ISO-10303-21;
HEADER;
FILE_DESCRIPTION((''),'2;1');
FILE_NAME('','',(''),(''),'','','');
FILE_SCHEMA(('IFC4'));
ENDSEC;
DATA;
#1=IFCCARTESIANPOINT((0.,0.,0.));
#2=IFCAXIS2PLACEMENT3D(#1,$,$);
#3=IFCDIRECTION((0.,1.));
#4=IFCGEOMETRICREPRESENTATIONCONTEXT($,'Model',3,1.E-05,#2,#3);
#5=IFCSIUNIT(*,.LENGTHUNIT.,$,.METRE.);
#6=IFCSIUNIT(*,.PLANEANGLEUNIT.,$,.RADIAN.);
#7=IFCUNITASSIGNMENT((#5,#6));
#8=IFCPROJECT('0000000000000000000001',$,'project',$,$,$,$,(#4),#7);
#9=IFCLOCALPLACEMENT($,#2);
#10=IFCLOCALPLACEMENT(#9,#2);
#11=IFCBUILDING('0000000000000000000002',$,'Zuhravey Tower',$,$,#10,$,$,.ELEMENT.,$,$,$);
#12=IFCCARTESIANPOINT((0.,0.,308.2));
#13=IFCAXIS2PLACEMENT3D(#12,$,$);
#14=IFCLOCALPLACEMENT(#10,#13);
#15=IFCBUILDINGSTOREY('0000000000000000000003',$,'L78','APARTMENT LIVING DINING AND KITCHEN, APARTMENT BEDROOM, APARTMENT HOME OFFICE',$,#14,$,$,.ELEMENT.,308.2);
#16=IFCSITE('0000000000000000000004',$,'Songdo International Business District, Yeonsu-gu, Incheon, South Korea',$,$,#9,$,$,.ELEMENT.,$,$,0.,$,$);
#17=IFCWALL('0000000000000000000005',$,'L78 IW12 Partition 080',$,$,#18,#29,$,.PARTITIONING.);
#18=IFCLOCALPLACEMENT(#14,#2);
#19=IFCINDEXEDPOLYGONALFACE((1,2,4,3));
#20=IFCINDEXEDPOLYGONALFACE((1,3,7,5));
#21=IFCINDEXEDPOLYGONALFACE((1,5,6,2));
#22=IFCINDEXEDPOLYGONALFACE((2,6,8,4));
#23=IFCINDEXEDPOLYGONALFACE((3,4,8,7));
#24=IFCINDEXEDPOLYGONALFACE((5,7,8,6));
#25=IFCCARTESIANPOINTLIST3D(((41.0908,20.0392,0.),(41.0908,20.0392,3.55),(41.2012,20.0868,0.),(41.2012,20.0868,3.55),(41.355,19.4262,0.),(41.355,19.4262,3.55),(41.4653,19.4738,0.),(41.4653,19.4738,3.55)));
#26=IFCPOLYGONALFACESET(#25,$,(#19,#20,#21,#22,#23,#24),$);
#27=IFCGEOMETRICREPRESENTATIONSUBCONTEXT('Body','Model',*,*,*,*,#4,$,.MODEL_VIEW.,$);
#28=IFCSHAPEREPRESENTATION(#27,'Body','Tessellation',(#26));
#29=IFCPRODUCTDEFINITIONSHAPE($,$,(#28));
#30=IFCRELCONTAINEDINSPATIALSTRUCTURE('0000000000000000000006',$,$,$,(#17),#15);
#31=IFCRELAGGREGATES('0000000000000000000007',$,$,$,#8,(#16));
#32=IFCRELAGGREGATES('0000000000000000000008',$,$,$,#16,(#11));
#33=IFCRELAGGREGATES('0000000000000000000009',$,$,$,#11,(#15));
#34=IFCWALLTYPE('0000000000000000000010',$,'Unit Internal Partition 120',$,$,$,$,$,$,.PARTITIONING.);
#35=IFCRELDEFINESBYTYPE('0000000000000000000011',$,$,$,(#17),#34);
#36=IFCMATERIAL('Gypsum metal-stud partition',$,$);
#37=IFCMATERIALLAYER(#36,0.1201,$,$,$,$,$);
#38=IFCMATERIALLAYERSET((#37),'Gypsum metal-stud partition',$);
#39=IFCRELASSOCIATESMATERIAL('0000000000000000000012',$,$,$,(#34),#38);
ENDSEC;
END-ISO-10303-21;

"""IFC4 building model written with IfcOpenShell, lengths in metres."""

from ifc_helpers import new_model, si_unit, direction, frame, frame_2d, origin, place, context, subcontext, project, spatial, rectangle, extrude, material, layer, layer_set, type_object, element, save


model = new_model("IFC4")

# Units and contexts
model_context = context("Model", 3, precision=1e-05, world=origin(), true_north=direction((0.0, 1.0)))
body_context = subcontext(model_context, "Body", "Model", "MODEL_VIEW")
ifc_project = project(units=[si_unit("LENGTHUNIT", "METRE"), si_unit("PLANEANGLEUNIT", "RADIAN")], contexts=[model_context])

# Site, building, storey
site_placement = place(None, origin())
site = spatial("IfcSite", under=ifc_project, at=site_placement, Name="Songdo International Business District, Yeonsu-gu, Incheon, South Korea", CompositionType="ELEMENT", RefElevation=0.0)
building_placement = place(site_placement, origin())
building = spatial("IfcBuilding", under=site, at=building_placement, Name="Zuhravey Tower", CompositionType="ELEMENT")
storey_placement = place(building_placement, frame((0.0, 0.0, 308.2)))
storey = spatial("IfcBuildingStorey", under=building, at=storey_placement, Name="L78", Description="APARTMENT LIVING DINING AND KITCHEN, APARTMENT BEDROOM, APARTMENT HOME OFFICE", CompositionType="ELEMENT", Elevation=308.2)

# Wall
ifc_material_1 = material(Name="Gypsum metal-stud partition")
ifc_layer_1 = layer(ifc_material_1, 0.1201)
ifc_layer_set_1 = layer_set([ifc_layer_1], Name="Gypsum metal-stud partition")
wall_type_1 = type_object("IfcWallType", Name="Unit Internal Partition 120", PredefinedType="PARTITIONING", material=ifc_layer_set_1)
wall_1_placement = place(storey_placement, frame((41.146, 20.063, 0.0), z_axis=(0.0, 0.0, 1.0), x_axis=(0.395728, -0.918368, 0.0)))
element("IfcWall", 1, at=wall_1_placement, inside=storey, type_object=wall_type_1, Name="L78 IW12 Partition 080", PredefinedType="PARTITIONING", context=body_context, shape_type="SweptSolid", body=[
    extrude(rectangle(XDim=0.6675, YDim=0.1201, at=frame_2d((0.3337, 0.0))), origin(), (0.0, 0.0, 1.0), 3.55),
])

save(model, "model.ifc")
